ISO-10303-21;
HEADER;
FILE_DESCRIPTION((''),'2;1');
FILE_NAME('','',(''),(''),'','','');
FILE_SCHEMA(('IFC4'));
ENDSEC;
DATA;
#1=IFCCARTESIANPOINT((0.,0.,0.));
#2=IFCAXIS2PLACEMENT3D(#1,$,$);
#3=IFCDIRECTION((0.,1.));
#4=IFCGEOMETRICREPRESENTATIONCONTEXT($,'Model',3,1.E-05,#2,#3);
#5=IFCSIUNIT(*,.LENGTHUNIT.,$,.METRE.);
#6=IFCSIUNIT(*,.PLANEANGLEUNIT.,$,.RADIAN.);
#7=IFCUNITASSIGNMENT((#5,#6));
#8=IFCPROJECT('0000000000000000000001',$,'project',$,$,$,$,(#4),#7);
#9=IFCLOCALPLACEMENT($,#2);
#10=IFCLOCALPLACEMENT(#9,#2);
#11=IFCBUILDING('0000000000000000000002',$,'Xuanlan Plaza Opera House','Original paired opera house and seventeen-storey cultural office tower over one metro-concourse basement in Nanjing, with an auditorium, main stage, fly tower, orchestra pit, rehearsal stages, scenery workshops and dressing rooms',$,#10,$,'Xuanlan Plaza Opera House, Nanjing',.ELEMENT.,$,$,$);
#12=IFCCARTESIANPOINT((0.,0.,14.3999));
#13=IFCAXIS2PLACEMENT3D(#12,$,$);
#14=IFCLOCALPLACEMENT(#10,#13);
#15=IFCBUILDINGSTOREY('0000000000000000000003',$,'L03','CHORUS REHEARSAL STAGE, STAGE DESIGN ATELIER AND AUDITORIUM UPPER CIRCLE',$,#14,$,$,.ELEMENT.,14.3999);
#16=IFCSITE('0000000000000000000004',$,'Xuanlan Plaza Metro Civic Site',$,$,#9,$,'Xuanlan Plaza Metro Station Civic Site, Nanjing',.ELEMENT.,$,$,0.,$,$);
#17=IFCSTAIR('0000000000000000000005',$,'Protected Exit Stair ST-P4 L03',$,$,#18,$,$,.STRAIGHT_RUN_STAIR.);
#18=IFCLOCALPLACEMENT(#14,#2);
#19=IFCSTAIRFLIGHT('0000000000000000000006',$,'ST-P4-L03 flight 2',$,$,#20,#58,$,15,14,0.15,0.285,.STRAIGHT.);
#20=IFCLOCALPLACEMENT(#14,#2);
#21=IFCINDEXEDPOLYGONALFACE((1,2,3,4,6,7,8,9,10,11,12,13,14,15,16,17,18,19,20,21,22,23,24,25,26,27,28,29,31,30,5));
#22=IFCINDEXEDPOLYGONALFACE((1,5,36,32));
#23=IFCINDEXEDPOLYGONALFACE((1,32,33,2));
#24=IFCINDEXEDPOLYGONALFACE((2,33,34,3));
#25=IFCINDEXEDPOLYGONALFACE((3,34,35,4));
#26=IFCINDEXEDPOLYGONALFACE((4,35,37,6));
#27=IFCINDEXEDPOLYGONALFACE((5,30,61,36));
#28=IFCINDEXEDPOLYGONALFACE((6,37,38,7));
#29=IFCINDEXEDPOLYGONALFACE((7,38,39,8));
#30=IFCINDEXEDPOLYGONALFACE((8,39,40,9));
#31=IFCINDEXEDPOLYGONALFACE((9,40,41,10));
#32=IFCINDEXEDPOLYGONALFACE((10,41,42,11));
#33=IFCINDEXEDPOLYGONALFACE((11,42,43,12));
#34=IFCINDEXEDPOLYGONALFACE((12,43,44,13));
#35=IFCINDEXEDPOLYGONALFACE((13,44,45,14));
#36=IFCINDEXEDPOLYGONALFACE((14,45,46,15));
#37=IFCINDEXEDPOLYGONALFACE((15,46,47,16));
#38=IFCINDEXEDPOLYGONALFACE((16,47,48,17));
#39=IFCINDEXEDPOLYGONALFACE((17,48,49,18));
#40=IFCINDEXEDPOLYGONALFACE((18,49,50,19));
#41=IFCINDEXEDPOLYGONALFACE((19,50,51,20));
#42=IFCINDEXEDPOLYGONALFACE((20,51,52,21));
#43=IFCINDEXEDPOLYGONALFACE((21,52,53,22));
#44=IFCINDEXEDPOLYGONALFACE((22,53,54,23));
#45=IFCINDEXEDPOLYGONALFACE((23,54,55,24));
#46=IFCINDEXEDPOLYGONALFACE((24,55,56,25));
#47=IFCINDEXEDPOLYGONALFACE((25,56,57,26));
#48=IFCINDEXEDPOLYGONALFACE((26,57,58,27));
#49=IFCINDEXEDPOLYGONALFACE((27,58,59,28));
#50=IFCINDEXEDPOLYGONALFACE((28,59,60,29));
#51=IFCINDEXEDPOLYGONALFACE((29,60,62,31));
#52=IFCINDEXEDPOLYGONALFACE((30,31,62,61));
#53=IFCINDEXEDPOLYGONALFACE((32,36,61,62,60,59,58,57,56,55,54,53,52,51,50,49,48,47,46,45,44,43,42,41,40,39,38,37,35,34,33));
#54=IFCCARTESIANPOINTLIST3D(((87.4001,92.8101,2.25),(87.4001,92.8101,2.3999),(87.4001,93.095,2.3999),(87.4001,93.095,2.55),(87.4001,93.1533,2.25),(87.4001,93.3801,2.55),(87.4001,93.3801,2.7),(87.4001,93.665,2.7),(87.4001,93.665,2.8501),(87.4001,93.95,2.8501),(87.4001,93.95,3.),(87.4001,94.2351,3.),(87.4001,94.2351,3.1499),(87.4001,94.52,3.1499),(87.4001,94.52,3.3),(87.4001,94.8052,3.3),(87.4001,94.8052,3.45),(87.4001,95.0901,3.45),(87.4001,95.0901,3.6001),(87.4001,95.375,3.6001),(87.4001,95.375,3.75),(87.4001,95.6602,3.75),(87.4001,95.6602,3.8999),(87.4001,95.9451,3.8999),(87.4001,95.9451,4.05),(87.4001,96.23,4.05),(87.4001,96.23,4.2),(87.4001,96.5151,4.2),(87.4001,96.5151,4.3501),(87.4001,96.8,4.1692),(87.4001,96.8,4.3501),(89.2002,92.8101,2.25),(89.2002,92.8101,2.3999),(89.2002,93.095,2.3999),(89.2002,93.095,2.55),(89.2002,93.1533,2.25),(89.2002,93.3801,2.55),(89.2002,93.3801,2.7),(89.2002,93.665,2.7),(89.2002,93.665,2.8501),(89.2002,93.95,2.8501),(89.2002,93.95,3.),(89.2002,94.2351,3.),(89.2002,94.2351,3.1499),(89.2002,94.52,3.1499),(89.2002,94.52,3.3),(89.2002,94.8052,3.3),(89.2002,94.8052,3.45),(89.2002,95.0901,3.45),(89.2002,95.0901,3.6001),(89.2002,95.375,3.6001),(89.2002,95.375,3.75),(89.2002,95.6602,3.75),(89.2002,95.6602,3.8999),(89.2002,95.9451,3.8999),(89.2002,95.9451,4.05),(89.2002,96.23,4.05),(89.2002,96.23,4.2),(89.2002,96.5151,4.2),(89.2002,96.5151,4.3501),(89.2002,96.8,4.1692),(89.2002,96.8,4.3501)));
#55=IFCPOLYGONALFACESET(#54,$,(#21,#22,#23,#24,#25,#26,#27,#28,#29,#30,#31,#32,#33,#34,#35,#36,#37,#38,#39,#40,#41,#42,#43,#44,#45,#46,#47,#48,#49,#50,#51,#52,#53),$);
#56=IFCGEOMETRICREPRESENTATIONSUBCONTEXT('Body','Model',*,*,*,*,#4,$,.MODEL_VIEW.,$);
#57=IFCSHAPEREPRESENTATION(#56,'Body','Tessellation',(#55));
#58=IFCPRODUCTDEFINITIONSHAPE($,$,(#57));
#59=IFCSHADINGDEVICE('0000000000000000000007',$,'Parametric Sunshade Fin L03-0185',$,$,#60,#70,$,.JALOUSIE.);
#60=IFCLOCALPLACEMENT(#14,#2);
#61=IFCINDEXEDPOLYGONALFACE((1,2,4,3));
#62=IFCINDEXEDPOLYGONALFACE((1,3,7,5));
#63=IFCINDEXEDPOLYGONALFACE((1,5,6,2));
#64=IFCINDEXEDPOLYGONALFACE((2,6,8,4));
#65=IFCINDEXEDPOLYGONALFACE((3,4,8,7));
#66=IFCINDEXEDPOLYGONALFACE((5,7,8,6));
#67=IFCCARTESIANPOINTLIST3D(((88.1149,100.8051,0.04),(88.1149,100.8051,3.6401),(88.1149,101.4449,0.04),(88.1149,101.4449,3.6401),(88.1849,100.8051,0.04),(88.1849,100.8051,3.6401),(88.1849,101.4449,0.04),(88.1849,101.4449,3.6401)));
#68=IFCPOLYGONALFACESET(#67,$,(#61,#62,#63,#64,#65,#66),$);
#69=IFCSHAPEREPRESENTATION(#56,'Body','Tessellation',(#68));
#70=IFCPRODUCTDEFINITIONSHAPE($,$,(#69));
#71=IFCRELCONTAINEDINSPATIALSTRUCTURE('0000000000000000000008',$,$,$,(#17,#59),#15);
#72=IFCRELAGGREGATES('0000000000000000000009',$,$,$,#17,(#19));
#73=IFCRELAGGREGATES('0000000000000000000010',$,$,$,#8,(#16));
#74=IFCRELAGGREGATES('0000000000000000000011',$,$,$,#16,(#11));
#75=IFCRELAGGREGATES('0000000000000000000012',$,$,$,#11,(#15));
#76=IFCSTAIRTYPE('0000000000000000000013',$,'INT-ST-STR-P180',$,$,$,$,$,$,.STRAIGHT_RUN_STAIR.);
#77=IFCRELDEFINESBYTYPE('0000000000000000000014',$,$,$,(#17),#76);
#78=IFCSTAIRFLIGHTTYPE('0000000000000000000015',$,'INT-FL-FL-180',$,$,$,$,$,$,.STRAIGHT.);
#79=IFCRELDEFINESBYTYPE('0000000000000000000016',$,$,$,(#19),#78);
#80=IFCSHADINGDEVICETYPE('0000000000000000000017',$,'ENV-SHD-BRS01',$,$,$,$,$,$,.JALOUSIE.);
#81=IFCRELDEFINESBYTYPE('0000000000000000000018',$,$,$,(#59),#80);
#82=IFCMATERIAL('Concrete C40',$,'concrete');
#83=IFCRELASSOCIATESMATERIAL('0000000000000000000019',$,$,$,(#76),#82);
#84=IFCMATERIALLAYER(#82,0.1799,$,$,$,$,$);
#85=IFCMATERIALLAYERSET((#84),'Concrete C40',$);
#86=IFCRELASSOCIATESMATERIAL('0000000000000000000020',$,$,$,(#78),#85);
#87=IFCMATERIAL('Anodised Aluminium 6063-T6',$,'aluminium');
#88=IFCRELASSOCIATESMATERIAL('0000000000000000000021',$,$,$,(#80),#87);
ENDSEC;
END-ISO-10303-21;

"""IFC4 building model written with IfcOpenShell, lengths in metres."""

from ifc_helpers import new_model, si_unit, direction, frame, origin, origin_2d, place, context, subcontext, project, spatial, polyline, rectangle, outline, extrude, material, layer, layer_set, type_object, element, aggregate, save


model = new_model("IFC4")

# Units and contexts
model_context = context("Model", 3, precision=1e-05, world=origin(), true_north=direction((0.0, 1.0)))
body_context = subcontext(model_context, "Body", "Model", "MODEL_VIEW")
ifc_project = project(units=[si_unit("LENGTHUNIT", "METRE"), si_unit("PLANEANGLEUNIT", "RADIAN")], contexts=[model_context])

# Site, building, storey
site_placement = place(None, origin())
site = spatial("IfcSite", under=ifc_project, at=site_placement, Name="Xuanlan Plaza Metro Civic Site", LongName="Xuanlan Plaza Metro Station Civic Site, Nanjing", CompositionType="ELEMENT", RefElevation=0.0)
building_placement = place(site_placement, origin())
building = spatial("IfcBuilding", under=site, at=building_placement, Name="Xuanlan Plaza Opera House", Description="Original paired opera house and seventeen-storey cultural office tower over one metro-concourse basement in Nanjing, with an auditorium, main stage, fly tower, orchestra pit, rehearsal stages, scenery workshops and dressing rooms", LongName="Xuanlan Plaza Opera House, Nanjing", CompositionType="ELEMENT")
storey_placement = place(building_placement, frame((0.0, 0.0, 14.3999)))
storey = spatial("IfcBuildingStorey", under=building, at=storey_placement, Name="L03", Description="CHORUS REHEARSAL STAGE, STAGE DESIGN ATELIER AND AUDITORIUM UPPER CIRCLE", CompositionType="ELEMENT", Elevation=14.3999)

# Shared definitions
ifc_material_1 = material(Name="Concrete C40", Category="concrete")

# Shared definitions
ifc_material_2 = material(Name="Anodised Aluminium 6063-T6", Category="aluminium")

# Stair, stair flight
stair_type = type_object("IfcStairType", Name="INT-ST-STR-P180", PredefinedType="STRAIGHT_RUN_STAIR", material=ifc_material_1)
stair_placement = place(storey_placement, origin())
stair = element("IfcStair", 1, at=stair_placement, inside=storey, type_object=stair_type, Name="Protected Exit Stair ST-P4 L03", PredefinedType="STRAIGHT_RUN_STAIR")
ifc_layer_1 = layer(ifc_material_1, 0.1799)
ifc_layer_set_1 = layer_set([ifc_layer_1], Name="Concrete C40")
stair_flight_type = type_object("IfcStairFlightType", Name="INT-FL-FL-180", PredefinedType="STRAIGHT", material=ifc_layer_set_1)
stair_flight_placement = place(storey_placement, frame((88.3, 92.8101, 2.25), z_axis=(0.0, 0.0, 1.0), x_axis=(0.0, 1.0, 0.0)))
stair_flight = element("IfcStairFlight", 2, at=stair_flight_placement, type_object=stair_flight_type, Name="ST-P4-L03 flight 2", NumberOfRisers=15, NumberOfTreads=14, PredefinedType="STRAIGHT", RiserHeight=0.15, TreadLength=0.285, context=body_context, shape_type="SweptSolid", body=[
    extrude(outline(polyline([(0.0, 0.0), (0.0, 0.1499), (0.2849, 0.1499), (0.2849, 0.3), (0.5701, 0.3), (0.5701, 0.45), (0.855, 0.45), (0.855, 0.6001), (1.1399, 0.6001), (1.1399, 0.75), (1.425, 0.75), (1.425, 0.8999), (1.71, 0.8999), (1.71, 1.05), (1.9951, 1.05), (1.9951, 1.2), (2.28, 1.2), (2.28, 1.3501), (2.5649, 1.3501), (2.5649, 1.5), (2.8501, 1.5), (2.8501, 1.6499), (3.135, 1.6499), (3.135, 1.8), (3.4199, 1.8), (3.4199, 1.95), (3.7051, 1.95), (3.7051, 2.1001), (3.99, 2.1001), (3.99, 2.25), (3.99, 1.9192), (0.3433, 0.0), (0.0, 0.0)])), frame((0.0, 0.8999, 0.0), z_axis=(0.0, -1.0, 0.0), x_axis=(1.0, 0.0, 0.0)), (0.0, 0.0, 1.0), 1.8),
])
aggregate(stair, [stair_flight])

# Shading device
shading_device_type = type_object("IfcShadingDeviceType", Name="ENV-SHD-BRS01", PredefinedType="JALOUSIE", material=ifc_material_2)
shading_device_placement = place(storey_placement, frame((88.1499, 101.125, 0.04), z_axis=(0.0, 0.0, 1.0), x_axis=(0.0, 1.0, 0.0)))
element("IfcShadingDevice", 3, at=shading_device_placement, inside=storey, type_object=shading_device_type, Name="Parametric Sunshade Fin L03-0185", PredefinedType="JALOUSIE", context=body_context, shape_type="SweptSolid", body=[
    extrude(rectangle(XDim=0.6399, YDim=0.0701, at=origin_2d()), origin(), (0.0, 0.0, 1.0), 3.6001),
])

save(model, "model.ifc")
